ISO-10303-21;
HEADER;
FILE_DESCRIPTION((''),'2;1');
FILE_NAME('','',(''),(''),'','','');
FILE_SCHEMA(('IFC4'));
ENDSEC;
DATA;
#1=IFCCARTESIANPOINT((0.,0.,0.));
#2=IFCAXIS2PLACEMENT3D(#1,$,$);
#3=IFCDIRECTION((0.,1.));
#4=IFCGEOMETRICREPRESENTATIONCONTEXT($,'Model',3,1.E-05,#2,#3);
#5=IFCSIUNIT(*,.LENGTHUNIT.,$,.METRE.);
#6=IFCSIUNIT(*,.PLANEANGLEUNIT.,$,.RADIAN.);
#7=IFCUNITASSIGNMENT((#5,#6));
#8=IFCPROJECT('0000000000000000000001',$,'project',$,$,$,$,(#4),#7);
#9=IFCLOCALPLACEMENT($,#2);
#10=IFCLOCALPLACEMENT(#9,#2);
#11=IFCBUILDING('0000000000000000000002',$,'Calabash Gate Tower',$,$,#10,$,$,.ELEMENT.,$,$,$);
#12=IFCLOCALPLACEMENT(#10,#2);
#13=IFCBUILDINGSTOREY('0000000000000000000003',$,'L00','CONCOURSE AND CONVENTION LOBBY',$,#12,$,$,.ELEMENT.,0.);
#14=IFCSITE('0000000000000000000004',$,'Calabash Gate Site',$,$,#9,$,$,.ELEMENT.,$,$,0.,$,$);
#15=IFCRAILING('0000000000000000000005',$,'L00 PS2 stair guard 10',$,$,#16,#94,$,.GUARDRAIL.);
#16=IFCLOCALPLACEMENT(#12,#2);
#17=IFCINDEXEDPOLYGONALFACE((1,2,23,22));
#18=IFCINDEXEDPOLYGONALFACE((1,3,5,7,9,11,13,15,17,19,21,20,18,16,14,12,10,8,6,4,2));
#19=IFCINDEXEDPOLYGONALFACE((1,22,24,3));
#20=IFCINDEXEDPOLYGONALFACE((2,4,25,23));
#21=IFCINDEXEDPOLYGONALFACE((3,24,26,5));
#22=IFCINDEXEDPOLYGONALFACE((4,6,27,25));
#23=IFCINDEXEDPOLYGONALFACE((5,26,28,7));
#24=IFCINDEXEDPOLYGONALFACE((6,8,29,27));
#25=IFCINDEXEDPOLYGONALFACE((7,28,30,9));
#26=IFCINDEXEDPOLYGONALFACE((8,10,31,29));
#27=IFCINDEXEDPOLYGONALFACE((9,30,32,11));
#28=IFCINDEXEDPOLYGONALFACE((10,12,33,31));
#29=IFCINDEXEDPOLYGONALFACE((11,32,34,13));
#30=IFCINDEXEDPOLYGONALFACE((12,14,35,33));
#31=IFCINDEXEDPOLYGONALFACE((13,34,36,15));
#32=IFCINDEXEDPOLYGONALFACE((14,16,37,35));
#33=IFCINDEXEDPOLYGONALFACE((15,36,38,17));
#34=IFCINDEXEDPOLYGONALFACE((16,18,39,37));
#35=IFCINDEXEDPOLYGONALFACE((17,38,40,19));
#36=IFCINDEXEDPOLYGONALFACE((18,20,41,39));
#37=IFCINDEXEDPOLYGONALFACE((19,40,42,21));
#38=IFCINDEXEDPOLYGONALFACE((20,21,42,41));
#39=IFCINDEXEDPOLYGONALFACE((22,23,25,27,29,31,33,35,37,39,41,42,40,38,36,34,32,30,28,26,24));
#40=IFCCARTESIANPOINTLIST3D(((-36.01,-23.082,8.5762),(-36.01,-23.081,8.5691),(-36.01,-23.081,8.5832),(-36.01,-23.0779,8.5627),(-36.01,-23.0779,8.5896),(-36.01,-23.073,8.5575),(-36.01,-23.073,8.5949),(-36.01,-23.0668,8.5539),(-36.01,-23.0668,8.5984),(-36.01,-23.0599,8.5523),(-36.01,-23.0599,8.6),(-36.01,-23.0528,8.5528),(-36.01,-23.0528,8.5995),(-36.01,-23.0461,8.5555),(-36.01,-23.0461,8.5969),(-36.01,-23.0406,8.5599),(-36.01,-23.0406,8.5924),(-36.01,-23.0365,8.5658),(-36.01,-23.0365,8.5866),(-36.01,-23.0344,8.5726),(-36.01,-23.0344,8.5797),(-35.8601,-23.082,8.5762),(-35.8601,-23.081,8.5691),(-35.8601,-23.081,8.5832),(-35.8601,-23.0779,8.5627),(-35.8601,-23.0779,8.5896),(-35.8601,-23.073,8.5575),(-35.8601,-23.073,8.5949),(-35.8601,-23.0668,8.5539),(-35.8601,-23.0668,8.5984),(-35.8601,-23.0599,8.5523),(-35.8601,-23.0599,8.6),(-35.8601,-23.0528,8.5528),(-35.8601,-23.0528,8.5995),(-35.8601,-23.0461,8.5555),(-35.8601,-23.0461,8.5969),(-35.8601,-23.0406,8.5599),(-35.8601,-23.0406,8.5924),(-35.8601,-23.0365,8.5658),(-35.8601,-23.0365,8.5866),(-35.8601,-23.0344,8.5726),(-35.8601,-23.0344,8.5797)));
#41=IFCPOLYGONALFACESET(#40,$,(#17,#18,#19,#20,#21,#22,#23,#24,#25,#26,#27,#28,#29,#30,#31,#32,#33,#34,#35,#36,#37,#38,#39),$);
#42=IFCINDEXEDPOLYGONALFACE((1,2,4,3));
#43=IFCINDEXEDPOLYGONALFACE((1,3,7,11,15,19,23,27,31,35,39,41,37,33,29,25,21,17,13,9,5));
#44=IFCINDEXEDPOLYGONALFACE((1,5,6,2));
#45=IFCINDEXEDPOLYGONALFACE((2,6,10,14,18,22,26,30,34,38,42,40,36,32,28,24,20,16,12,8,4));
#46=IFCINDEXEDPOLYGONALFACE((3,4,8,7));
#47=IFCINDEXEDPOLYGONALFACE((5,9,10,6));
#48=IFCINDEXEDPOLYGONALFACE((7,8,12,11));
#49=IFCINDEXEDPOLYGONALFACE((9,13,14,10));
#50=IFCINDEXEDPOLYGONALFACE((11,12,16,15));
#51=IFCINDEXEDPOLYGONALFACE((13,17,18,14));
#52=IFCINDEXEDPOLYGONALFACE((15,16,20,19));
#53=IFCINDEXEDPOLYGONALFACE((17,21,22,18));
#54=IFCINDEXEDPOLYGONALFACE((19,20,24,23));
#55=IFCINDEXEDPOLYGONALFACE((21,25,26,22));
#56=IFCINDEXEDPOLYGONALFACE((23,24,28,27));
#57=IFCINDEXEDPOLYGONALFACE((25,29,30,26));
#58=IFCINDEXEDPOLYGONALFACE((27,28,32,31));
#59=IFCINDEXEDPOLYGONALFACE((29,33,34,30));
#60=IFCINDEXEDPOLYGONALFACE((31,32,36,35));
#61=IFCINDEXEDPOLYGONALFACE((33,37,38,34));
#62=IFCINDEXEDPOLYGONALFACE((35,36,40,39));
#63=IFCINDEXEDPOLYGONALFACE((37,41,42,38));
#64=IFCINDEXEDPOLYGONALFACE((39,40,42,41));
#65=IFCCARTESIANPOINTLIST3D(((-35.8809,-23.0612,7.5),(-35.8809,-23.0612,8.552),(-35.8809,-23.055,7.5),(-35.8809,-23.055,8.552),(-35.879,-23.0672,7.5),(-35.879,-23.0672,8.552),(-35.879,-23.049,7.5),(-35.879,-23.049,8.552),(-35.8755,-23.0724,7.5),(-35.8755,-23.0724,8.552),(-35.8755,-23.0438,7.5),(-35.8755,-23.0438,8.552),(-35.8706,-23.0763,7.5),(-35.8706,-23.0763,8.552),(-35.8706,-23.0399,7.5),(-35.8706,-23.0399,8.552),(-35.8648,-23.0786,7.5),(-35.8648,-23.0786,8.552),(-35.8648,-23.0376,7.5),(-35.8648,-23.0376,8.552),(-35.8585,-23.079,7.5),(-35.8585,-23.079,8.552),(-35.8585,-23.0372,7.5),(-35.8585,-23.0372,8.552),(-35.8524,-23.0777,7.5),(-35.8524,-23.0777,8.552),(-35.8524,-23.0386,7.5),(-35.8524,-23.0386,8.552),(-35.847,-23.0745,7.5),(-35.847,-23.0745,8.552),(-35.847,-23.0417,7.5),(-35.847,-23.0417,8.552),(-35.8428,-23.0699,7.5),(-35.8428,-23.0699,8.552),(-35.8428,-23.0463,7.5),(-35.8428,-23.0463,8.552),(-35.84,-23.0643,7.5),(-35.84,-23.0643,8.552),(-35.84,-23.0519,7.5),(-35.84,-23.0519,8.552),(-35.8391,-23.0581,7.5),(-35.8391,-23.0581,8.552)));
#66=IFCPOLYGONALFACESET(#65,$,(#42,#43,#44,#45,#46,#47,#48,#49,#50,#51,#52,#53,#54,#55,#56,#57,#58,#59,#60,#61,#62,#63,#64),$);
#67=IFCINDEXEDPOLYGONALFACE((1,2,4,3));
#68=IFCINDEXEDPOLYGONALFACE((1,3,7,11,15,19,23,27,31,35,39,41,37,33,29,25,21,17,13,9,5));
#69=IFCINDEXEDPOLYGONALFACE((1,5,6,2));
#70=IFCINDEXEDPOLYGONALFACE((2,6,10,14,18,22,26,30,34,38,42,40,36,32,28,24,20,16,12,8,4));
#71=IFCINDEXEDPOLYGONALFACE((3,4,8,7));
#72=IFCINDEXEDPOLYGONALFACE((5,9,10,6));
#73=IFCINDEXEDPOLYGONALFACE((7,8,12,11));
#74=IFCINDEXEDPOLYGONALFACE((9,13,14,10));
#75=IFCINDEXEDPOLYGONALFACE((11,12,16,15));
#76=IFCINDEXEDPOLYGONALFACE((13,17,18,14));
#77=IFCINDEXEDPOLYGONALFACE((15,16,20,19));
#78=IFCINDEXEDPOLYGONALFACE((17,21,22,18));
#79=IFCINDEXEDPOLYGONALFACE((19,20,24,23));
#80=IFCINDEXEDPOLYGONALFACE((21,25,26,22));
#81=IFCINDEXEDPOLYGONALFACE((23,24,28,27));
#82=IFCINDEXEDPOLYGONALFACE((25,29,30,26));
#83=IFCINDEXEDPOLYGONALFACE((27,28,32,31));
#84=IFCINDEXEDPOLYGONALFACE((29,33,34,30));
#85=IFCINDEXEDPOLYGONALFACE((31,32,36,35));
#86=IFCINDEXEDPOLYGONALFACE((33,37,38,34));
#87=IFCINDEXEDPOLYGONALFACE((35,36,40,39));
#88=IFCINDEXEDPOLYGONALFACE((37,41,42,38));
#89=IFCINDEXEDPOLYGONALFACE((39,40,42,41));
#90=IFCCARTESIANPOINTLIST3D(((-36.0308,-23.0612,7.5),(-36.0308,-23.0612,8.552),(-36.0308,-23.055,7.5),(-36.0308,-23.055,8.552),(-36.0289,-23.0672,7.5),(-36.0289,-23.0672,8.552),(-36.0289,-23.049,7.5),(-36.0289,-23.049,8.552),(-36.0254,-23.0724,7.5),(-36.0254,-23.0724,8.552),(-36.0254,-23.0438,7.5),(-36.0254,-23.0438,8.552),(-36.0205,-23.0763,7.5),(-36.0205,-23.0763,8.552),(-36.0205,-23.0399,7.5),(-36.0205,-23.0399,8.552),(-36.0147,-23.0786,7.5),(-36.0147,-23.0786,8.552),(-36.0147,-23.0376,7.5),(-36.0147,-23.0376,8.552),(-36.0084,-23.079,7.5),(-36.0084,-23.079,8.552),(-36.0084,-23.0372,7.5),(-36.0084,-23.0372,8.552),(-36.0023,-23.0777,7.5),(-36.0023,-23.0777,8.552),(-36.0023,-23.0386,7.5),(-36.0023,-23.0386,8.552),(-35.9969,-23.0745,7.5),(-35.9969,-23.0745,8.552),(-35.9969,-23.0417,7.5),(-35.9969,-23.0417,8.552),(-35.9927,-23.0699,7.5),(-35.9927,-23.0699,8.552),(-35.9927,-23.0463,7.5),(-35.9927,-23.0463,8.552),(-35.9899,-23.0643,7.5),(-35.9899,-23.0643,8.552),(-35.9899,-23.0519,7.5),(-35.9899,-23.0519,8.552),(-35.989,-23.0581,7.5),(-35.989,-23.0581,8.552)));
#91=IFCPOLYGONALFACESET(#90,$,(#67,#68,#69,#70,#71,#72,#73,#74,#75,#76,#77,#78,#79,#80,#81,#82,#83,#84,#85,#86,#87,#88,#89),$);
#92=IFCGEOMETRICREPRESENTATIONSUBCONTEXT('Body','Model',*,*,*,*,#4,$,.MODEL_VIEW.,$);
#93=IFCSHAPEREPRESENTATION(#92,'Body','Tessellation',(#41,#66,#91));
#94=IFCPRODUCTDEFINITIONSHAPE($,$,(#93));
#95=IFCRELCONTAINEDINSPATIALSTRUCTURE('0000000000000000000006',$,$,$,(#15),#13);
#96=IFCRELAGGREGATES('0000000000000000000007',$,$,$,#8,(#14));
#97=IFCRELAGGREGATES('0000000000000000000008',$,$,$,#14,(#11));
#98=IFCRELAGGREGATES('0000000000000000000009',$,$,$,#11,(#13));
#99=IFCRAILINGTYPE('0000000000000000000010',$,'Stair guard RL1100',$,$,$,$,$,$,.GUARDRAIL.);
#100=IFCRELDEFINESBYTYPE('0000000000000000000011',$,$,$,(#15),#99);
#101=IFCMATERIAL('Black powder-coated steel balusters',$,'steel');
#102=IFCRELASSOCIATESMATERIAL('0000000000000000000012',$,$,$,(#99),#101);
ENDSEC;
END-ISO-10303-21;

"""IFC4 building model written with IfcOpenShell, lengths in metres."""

from ifc_helpers import new_model, si_unit, direction, frame, origin, origin_2d, place, context, subcontext, project, spatial, circle, extrude, material, type_object, element, save


model = new_model("IFC4")

# Units and contexts
model_context = context("Model", 3, precision=1e-05, world=origin(), true_north=direction((0.0, 1.0)))
body_context = subcontext(model_context, "Body", "Model", "MODEL_VIEW")
ifc_project = project(units=[si_unit("LENGTHUNIT", "METRE"), si_unit("PLANEANGLEUNIT", "RADIAN")], contexts=[model_context])

# Site, building, storey
site_placement = place(None, origin())
site = spatial("IfcSite", under=ifc_project, at=site_placement, Name="Calabash Gate Site", CompositionType="ELEMENT", RefElevation=0.0)
building_placement = place(site_placement, origin())
building = spatial("IfcBuilding", under=site, at=building_placement, Name="Calabash Gate Tower", CompositionType="ELEMENT")
storey_placement = place(building_placement, origin())
storey = spatial("IfcBuildingStorey", under=building, at=storey_placement, Name="L00", Description="CONCOURSE AND CONVENTION LOBBY", CompositionType="ELEMENT", Elevation=0.0)

# Railing
ifc_material_1 = material(Name="Black powder-coated steel balusters", Category="steel")
railing_type_1 = type_object("IfcRailingType", Name="Stair guard RL1100", PredefinedType="GUARDRAIL", material=ifc_material_1)
railing_1_placement = place(storey_placement, frame((-35.8601, -23.0581, 7.5)))
element("IfcRailing", 1, at=railing_1_placement, inside=storey, type_object=railing_type_1, Name="L00 PS2 stair guard 10", PredefinedType="GUARDRAIL", context=body_context, shape_type="SweptSolid", body=[
    extrude(circle(Radius=0.0239, at=origin_2d()), frame((0.0, 0.0, 1.0762), z_axis=(-1.0, 0.0, 0.0), x_axis=(0.0, -1.0, 0.0)), (0.0, 0.0, 1.0), 0.1499),
    extrude(circle(Radius=0.021, at=origin_2d()), origin(), (0.0, 0.0, 1.0), 1.052),
    extrude(circle(Radius=0.021, at=origin_2d()), frame((-0.1499, 0.0, 0.0)), (0.0, 0.0, 1.0), 1.052),
])

save(model, "model.ifc")
